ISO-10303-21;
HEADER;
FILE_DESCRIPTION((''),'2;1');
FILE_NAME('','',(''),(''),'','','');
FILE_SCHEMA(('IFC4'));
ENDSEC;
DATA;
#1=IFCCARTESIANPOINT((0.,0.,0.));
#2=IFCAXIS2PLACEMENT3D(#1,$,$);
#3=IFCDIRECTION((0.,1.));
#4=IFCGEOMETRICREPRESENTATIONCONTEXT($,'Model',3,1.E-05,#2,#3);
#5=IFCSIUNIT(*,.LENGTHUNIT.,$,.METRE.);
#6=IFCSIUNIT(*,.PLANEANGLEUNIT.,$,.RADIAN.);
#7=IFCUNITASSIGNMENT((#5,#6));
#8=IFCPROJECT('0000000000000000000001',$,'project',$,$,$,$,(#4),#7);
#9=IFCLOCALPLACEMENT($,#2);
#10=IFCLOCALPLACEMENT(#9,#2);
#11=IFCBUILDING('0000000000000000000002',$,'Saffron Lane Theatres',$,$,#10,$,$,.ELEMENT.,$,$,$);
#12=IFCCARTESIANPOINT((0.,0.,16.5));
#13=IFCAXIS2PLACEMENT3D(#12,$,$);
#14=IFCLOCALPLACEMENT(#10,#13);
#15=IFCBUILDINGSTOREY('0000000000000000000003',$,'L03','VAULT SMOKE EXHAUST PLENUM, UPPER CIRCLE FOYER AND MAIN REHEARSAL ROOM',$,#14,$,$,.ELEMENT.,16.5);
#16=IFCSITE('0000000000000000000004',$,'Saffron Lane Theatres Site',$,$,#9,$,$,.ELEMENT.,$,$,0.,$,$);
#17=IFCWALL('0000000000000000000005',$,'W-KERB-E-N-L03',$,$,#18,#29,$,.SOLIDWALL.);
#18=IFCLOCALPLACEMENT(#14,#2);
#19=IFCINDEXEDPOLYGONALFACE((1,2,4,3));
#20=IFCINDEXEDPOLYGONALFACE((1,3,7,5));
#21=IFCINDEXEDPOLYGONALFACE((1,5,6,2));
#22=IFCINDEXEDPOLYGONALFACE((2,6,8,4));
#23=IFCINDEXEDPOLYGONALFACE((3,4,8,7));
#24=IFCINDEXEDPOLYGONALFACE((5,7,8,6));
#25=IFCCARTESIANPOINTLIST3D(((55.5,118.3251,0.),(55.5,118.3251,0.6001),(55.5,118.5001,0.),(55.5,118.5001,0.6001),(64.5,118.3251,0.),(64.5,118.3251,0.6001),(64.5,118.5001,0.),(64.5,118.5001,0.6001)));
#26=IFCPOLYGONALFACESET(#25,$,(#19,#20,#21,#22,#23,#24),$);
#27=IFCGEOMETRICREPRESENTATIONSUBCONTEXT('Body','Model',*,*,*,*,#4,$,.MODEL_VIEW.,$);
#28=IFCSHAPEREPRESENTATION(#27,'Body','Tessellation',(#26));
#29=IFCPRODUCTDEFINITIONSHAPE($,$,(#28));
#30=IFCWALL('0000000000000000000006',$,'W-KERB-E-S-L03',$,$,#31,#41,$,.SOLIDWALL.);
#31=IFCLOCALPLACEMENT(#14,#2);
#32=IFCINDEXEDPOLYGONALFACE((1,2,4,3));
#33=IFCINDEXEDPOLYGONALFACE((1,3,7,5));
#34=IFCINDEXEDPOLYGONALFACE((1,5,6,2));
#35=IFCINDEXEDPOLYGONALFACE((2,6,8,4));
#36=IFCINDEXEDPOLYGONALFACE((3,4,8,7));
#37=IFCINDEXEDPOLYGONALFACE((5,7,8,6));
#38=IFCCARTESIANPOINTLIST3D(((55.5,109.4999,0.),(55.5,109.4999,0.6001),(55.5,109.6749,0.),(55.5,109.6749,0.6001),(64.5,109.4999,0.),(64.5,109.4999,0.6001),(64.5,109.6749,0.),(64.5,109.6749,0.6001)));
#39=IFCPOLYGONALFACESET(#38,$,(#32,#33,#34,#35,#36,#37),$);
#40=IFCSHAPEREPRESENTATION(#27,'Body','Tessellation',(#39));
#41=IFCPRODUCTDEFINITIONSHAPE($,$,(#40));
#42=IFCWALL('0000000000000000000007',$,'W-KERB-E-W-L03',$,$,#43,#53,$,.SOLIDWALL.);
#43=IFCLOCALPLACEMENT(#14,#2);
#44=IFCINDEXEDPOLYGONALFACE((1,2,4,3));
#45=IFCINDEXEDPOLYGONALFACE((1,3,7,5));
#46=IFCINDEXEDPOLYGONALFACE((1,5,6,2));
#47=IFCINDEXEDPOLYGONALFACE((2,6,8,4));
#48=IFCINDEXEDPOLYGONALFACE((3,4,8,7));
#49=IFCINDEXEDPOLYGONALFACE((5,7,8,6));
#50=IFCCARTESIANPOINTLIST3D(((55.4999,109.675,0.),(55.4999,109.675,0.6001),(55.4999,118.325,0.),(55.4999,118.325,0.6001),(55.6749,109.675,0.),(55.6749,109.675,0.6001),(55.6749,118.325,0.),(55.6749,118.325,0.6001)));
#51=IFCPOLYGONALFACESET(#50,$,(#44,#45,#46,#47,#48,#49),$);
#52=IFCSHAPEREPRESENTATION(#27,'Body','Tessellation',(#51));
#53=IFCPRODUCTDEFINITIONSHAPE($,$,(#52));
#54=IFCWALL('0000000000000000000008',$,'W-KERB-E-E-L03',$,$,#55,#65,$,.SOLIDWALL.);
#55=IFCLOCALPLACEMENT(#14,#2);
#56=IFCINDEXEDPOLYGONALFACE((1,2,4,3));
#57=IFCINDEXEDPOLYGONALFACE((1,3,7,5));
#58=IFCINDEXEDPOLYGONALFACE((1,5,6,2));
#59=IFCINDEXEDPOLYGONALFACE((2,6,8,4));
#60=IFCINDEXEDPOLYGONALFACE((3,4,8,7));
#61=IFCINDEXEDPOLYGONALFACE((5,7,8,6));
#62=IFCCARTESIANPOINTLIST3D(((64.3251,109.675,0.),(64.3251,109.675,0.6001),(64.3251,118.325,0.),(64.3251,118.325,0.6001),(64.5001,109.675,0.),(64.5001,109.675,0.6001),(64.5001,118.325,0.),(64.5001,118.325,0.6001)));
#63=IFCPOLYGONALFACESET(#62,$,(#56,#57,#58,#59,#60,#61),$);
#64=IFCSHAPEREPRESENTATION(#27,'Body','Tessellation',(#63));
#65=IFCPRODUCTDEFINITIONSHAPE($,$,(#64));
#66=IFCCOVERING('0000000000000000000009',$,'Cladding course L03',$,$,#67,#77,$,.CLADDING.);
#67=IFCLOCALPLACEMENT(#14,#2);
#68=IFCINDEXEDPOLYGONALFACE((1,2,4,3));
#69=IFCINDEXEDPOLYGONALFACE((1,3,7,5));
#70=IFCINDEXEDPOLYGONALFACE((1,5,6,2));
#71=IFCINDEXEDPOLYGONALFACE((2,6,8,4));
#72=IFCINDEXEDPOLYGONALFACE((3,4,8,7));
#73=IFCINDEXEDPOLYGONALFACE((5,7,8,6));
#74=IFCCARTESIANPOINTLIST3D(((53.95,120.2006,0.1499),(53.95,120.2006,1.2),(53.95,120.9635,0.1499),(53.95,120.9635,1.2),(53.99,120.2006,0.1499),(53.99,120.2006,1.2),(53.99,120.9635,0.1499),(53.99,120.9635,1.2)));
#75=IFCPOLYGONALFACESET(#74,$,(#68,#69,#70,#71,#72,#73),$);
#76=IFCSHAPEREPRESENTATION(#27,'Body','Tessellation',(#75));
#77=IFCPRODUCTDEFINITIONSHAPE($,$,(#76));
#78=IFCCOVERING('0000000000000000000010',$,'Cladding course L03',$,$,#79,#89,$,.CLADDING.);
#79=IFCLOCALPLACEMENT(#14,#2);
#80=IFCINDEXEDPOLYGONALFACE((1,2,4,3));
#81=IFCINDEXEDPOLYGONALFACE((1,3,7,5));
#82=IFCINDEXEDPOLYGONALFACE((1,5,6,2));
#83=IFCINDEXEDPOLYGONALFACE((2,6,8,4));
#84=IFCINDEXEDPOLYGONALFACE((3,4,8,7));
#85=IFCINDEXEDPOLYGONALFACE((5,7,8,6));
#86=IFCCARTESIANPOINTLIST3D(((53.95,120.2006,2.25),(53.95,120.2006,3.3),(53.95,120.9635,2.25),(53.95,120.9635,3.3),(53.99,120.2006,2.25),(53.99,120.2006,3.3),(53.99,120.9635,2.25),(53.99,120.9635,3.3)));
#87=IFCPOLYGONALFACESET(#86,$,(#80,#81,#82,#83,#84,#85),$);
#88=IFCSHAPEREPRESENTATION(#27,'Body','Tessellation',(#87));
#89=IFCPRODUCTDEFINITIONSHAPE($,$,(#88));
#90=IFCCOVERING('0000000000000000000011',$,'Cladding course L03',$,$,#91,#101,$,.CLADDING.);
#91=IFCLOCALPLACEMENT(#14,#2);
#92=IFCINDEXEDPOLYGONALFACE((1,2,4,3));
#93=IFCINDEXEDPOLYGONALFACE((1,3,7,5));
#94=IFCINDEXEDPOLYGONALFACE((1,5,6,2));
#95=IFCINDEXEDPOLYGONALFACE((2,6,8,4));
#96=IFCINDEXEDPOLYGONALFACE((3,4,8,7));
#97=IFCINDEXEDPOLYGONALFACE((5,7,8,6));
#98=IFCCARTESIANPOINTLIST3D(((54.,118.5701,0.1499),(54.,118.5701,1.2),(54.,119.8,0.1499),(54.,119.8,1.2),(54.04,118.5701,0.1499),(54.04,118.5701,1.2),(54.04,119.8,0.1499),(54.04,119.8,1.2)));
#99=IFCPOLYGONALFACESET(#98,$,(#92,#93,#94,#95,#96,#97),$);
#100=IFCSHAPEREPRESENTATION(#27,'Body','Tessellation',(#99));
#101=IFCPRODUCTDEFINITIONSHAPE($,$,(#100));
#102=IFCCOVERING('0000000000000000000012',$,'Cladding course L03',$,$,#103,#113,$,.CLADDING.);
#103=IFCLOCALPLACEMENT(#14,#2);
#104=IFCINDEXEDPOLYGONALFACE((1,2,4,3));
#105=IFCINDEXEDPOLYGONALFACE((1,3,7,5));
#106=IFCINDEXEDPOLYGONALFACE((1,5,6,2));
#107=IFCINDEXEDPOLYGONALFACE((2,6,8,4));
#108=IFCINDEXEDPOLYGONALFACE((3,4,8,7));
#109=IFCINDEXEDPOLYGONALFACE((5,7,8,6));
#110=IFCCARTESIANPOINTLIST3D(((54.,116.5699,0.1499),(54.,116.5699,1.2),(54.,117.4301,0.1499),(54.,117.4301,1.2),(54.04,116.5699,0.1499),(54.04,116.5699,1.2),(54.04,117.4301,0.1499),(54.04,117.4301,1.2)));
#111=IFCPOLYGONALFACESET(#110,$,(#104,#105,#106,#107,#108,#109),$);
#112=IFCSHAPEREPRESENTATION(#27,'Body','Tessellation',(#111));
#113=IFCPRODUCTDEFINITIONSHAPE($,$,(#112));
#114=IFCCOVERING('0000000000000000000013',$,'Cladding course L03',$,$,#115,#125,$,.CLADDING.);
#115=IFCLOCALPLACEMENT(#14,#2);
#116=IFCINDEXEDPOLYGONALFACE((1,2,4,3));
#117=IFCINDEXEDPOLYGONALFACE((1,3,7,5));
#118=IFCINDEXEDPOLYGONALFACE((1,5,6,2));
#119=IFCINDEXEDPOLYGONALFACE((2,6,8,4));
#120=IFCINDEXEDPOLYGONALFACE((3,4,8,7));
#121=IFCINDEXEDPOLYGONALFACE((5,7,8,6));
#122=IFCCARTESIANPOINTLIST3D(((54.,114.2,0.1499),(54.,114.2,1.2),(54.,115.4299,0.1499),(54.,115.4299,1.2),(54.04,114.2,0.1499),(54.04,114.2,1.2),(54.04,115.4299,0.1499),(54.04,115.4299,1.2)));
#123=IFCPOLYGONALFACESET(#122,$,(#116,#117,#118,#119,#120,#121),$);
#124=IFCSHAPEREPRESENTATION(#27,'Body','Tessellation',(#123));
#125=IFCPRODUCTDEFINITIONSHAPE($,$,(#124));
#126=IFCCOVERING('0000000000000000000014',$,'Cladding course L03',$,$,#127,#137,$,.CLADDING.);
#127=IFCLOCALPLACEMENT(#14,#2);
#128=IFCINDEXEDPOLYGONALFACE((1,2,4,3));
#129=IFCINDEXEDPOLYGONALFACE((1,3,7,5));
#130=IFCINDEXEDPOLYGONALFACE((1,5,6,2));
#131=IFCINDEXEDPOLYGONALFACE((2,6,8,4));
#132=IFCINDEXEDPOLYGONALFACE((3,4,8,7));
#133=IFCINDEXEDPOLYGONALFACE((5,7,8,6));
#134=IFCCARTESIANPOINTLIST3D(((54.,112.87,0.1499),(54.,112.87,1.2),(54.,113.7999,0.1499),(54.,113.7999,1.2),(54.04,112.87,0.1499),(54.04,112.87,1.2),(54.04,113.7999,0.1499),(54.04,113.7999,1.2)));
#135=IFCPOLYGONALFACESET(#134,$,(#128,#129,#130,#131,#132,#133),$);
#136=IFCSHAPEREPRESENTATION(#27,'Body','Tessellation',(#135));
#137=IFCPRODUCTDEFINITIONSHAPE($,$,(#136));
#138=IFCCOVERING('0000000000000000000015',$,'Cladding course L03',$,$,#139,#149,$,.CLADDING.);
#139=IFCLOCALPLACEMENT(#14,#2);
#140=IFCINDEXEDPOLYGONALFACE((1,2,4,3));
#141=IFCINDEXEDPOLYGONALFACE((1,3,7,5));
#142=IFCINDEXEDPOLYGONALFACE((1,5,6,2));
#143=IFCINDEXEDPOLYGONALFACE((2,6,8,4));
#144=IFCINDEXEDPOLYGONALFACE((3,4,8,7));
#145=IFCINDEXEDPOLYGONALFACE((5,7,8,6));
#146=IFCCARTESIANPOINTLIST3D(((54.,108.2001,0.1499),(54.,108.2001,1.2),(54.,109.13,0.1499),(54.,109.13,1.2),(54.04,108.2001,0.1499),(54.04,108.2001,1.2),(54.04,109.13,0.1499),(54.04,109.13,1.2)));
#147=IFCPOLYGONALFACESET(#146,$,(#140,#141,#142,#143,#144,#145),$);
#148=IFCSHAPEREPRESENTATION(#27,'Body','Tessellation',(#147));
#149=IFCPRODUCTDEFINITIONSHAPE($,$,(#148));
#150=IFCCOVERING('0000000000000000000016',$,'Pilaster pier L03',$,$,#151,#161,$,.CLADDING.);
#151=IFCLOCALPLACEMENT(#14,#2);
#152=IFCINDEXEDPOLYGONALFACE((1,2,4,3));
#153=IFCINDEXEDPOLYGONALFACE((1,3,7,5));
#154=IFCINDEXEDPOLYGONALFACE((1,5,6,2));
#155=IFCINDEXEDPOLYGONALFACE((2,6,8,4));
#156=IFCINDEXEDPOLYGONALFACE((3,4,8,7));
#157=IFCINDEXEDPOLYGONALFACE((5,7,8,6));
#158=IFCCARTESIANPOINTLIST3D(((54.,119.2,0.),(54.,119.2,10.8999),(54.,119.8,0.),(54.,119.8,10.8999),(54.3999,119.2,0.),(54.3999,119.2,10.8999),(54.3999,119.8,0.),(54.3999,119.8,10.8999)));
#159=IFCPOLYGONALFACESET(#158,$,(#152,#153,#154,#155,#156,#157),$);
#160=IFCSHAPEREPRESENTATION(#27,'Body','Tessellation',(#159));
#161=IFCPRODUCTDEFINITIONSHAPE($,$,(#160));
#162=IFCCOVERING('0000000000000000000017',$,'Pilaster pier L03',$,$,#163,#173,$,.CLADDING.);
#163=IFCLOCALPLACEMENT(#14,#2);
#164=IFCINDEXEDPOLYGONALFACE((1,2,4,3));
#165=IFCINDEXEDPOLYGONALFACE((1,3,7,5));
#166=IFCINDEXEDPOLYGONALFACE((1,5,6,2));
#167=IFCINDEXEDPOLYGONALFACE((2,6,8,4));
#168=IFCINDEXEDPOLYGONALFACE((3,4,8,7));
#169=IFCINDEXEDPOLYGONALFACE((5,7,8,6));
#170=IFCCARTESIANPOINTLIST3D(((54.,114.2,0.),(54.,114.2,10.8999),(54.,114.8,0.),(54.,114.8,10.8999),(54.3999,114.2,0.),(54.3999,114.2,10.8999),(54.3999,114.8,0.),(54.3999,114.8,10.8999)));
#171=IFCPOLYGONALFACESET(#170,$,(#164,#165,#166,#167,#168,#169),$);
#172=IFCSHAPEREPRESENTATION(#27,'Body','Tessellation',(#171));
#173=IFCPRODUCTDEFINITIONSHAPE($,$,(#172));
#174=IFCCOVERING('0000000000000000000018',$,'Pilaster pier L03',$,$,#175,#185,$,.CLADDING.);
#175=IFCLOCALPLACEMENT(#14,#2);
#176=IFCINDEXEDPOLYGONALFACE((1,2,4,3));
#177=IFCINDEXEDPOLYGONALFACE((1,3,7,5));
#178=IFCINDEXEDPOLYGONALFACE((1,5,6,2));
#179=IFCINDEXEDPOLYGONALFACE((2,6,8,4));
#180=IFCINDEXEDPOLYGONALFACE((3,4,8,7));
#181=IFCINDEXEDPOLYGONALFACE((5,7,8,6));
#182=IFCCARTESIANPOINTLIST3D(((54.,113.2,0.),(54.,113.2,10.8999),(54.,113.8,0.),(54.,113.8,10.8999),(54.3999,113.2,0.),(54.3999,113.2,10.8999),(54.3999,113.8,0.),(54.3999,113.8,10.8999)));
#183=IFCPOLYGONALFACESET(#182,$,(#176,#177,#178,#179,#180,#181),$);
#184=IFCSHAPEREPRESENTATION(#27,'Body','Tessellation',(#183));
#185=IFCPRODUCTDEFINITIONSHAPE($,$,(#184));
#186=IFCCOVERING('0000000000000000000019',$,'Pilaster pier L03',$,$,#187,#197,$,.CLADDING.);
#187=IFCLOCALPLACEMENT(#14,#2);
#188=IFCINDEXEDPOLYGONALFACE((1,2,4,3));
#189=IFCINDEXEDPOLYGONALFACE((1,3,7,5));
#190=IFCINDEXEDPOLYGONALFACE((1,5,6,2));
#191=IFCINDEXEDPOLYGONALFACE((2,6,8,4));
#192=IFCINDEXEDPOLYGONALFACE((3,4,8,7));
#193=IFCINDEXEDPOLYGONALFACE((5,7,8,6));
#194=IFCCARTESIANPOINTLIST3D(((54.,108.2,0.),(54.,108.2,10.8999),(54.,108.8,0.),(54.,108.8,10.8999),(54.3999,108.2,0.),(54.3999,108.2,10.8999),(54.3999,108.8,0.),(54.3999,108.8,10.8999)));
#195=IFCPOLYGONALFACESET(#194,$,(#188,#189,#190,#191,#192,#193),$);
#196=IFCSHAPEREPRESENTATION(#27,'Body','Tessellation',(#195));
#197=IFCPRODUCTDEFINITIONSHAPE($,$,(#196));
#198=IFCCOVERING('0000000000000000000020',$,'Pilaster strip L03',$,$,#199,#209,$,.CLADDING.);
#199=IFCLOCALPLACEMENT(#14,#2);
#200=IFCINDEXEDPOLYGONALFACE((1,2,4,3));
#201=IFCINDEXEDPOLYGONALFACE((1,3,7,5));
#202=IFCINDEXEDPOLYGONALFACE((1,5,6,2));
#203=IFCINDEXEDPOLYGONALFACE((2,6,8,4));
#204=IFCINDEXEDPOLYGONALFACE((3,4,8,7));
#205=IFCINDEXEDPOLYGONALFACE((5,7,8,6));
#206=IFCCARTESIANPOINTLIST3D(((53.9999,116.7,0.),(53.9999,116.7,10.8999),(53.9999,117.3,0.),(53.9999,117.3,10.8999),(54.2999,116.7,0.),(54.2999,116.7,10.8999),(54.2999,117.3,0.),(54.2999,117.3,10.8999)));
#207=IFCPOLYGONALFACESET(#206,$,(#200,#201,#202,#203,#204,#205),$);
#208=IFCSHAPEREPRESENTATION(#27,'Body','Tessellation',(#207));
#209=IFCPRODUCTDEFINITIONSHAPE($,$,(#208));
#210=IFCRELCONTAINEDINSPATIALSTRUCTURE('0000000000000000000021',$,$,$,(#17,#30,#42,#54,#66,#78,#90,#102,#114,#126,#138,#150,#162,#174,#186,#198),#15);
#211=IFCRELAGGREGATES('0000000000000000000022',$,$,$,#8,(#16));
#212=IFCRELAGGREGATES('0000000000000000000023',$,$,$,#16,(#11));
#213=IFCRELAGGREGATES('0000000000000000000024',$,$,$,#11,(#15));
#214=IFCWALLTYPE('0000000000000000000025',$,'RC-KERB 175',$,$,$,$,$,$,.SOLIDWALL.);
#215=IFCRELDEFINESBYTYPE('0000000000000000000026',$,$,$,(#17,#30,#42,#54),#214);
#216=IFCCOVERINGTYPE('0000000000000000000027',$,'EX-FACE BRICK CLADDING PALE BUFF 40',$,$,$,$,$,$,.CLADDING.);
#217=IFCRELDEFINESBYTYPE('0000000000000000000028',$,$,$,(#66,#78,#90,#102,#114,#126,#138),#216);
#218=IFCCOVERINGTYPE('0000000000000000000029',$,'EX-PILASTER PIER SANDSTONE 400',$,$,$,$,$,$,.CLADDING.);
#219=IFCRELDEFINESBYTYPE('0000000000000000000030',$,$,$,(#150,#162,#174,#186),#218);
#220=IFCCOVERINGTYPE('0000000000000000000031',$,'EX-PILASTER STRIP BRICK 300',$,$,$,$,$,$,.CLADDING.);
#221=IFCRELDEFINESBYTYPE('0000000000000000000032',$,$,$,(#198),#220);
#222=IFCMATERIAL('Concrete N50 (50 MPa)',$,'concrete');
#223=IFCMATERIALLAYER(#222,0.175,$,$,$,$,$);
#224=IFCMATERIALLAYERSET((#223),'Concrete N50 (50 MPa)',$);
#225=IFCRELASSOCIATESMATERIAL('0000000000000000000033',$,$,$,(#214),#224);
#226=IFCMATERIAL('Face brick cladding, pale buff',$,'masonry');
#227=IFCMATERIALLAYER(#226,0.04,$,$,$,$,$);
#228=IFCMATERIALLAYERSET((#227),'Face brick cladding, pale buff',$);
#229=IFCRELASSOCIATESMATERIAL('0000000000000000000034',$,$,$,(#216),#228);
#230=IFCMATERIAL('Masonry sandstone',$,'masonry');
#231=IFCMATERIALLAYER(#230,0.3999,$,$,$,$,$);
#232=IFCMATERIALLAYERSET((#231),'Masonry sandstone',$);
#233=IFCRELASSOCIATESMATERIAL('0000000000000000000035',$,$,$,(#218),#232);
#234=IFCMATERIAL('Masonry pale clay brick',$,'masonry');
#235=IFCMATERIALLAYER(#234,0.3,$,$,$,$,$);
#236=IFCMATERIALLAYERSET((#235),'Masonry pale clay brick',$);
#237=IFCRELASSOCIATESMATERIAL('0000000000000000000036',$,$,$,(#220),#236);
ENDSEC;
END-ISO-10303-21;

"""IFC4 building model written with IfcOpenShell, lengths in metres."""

from ifc_helpers import new_model, si_unit, direction, frame, frame_2d, origin, origin_2d, place, context, subcontext, project, spatial, rectangle, extrude, material, layer, layer_set, type_object, element, save


model = new_model("IFC4")

# Units and contexts
model_context = context("Model", 3, precision=1e-05, world=origin(), true_north=direction((0.0, 1.0)))
body_context = subcontext(model_context, "Body", "Model", "MODEL_VIEW")
ifc_project = project(units=[si_unit("LENGTHUNIT", "METRE"), si_unit("PLANEANGLEUNIT", "RADIAN")], contexts=[model_context])

# Site, building, storey
site_placement = place(None, origin())
site = spatial("IfcSite", under=ifc_project, at=site_placement, Name="Saffron Lane Theatres Site", CompositionType="ELEMENT", RefElevation=0.0)
building_placement = place(site_placement, origin())
building = spatial("IfcBuilding", under=site, at=building_placement, Name="Saffron Lane Theatres", CompositionType="ELEMENT")
storey_placement = place(building_placement, frame((0.0, 0.0, 16.5)))
storey = spatial("IfcBuildingStorey", under=building, at=storey_placement, Name="L03", Description="VAULT SMOKE EXHAUST PLENUM, UPPER CIRCLE FOYER AND MAIN REHEARSAL ROOM", CompositionType="ELEMENT", Elevation=16.5)

# Walls
ifc_material_1 = material(Name="Concrete N50 (50 MPa)", Category="concrete")
ifc_layer_1 = layer(ifc_material_1, 0.175)
ifc_layer_set_1 = layer_set([ifc_layer_1], Name="Concrete N50 (50 MPa)")
wall_type = type_object("IfcWallType", Name="RC-KERB 175", PredefinedType="SOLIDWALL", material=ifc_layer_set_1)
for number, where, z_axis, x_axis, name in (
    (1, (55.5, 118.4126, 0.0), (0.0, 0.0, 1.0), (1.0, 0.0, 0.0), "W-KERB-E-N-L03"),
    (2, (55.5, 109.5874, 0.0), (0.0, 0.0, 1.0), (1.0, 0.0, 0.0), "W-KERB-E-S-L03"),
):
    element("IfcWall", number, at=place(storey_placement, frame(where, z_axis=z_axis, x_axis=x_axis)), inside=storey, type_object=wall_type, Name=name, PredefinedType="SOLIDWALL", context=body_context, shape_type="SweptSolid", body=[
        extrude(rectangle(XDim=9.0, YDim=0.175, at=frame_2d((4.5, 0.0))), origin(), (0.0, 0.0, 1.0), 0.6001),
    ])
for number, where, z_axis, x_axis, name in (
    (3, (55.5874, 109.675, 0.0), (0.0, 0.0, 1.0), (0.0, 1.0, 0.0), "W-KERB-E-W-L03"),
    (4, (64.4126, 109.675, 0.0), (0.0, 0.0, 1.0), (0.0, 1.0, 0.0), "W-KERB-E-E-L03"),
):
    element("IfcWall", number, at=place(storey_placement, frame(where, z_axis=z_axis, x_axis=x_axis)), inside=storey, type_object=wall_type, Name=name, PredefinedType="SOLIDWALL", context=body_context, shape_type="SweptSolid", body=[
        extrude(rectangle(XDim=8.6499, YDim=0.175, at=frame_2d((4.325, 0.0))), origin(), (0.0, 0.0, 1.0), 0.6001),
    ])

# Coverings
ifc_material_2 = material(Name="Face brick cladding, pale buff", Category="masonry")
ifc_layer_2 = layer(ifc_material_2, 0.04)
ifc_layer_set_2 = layer_set([ifc_layer_2], Name="Face brick cladding, pale buff")
covering_type_1 = type_object("IfcCoveringType", Name="EX-FACE BRICK CLADDING PALE BUFF 40", PredefinedType="CLADDING", material=ifc_layer_set_2)
for number, where, z_axis, x_axis, name in (
    (5, (53.97, 120.582, 0.1499), (0.0, 0.0, 1.0), (0.0, -1.0, 0.0), "Cladding course L03"),
    (6, (53.97, 120.582, 2.25), (0.0, 0.0, 1.0), (0.0, -1.0, 0.0), "Cladding course L03"),
):
    element("IfcCovering", number, at=place(storey_placement, frame(where, z_axis=z_axis, x_axis=x_axis)), inside=storey, type_object=covering_type_1, Name=name, PredefinedType="CLADDING", context=body_context, shape_type="SweptSolid", body=[
        extrude(rectangle(XDim=0.7629, YDim=0.04, at=origin_2d()), origin(), (0.0, 0.0, 1.0), 1.05),
    ])
covering_1_placement = place(storey_placement, frame((54.02, 119.1851, 0.1499), z_axis=(0.0, 0.0, 1.0), x_axis=(0.0, -1.0, 0.0)))
element("IfcCovering", 7, at=covering_1_placement, inside=storey, type_object=covering_type_1, Name="Cladding course L03", PredefinedType="CLADDING", context=body_context, shape_type="SweptSolid", body=[
    extrude(rectangle(XDim=1.23, YDim=0.04, at=origin_2d()), origin(), (0.0, 0.0, 1.0), 1.05),
])
covering_2_placement = place(storey_placement, frame((54.02, 117.0, 0.1499), z_axis=(0.0, 0.0, 1.0), x_axis=(0.0, -1.0, 0.0)))
element("IfcCovering", 8, at=covering_2_placement, inside=storey, type_object=covering_type_1, Name="Cladding course L03", PredefinedType="CLADDING", context=body_context, shape_type="SweptSolid", body=[
    extrude(rectangle(XDim=0.8601, YDim=0.04, at=origin_2d()), origin(), (0.0, 0.0, 1.0), 1.05),
])
covering_3_placement = place(storey_placement, frame((54.02, 114.8149, 0.1499), z_axis=(0.0, 0.0, 1.0), x_axis=(0.0, -1.0, 0.0)))
element("IfcCovering", 9, at=covering_3_placement, inside=storey, type_object=covering_type_1, Name="Cladding course L03", PredefinedType="CLADDING", context=body_context, shape_type="SweptSolid", body=[
    extrude(rectangle(XDim=1.23, YDim=0.04, at=origin_2d()), origin(), (0.0, 0.0, 1.0), 1.05),
])
for number, where, z_axis, x_axis, name in (
    (10, (54.02, 113.335, 0.1499), (0.0, 0.0, 1.0), (0.0, -1.0, 0.0), "Cladding course L03"),
    (11, (54.02, 108.665, 0.1499), (0.0, 0.0, 1.0), (0.0, -1.0, 0.0), "Cladding course L03"),
):
    element("IfcCovering", number, at=place(storey_placement, frame(where, z_axis=z_axis, x_axis=x_axis)), inside=storey, type_object=covering_type_1, Name=name, PredefinedType="CLADDING", context=body_context, shape_type="SweptSolid", body=[
        extrude(rectangle(XDim=0.9299, YDim=0.04, at=origin_2d()), origin(), (0.0, 0.0, 1.0), 1.05),
    ])
ifc_material_3 = material(Name="Masonry sandstone", Category="masonry")
ifc_layer_3 = layer(ifc_material_3, 0.3999)
ifc_layer_set_3 = layer_set([ifc_layer_3], Name="Masonry sandstone")
covering_type_2 = type_object("IfcCoveringType", Name="EX-PILASTER PIER SANDSTONE 400", PredefinedType="CLADDING", material=ifc_layer_set_3)
for number, where, z_axis, x_axis, name in (
    (12, (54.2, 119.5, 0.0), (0.0, 0.0, 1.0), (0.0, -1.0, 0.0), "Pilaster pier L03"),
    (13, (54.2, 114.5, 0.0), (0.0, 0.0, 1.0), (0.0, -1.0, 0.0), "Pilaster pier L03"),
    (14, (54.2, 113.5, 0.0), (0.0, 0.0, 1.0), (0.0, -1.0, 0.0), "Pilaster pier L03"),
    (15, (54.2, 108.5, 0.0), (0.0, 0.0, 1.0), (0.0, -1.0, 0.0), "Pilaster pier L03"),
):
    element("IfcCovering", number, at=place(storey_placement, frame(where, z_axis=z_axis, x_axis=x_axis)), inside=storey, type_object=covering_type_2, Name=name, PredefinedType="CLADDING", context=body_context, shape_type="SweptSolid", body=[
        extrude(rectangle(XDim=0.6001, YDim=0.3999, at=origin_2d()), origin(), (0.0, 0.0, 1.0), 10.8999),
    ])
ifc_material_4 = material(Name="Masonry pale clay brick", Category="masonry")
ifc_layer_4 = layer(ifc_material_4, 0.3)
ifc_layer_set_4 = layer_set([ifc_layer_4], Name="Masonry pale clay brick")
covering_type_3 = type_object("IfcCoveringType", Name="EX-PILASTER STRIP BRICK 300", PredefinedType="CLADDING", material=ifc_layer_set_4)
for number, where, z_axis, x_axis, name in (
    (16, (54.1499, 117.0, 0.0), (0.0, 0.0, 1.0), (0.0, -1.0, 0.0), "Pilaster strip L03"),
):
    element("IfcCovering", number, at=place(storey_placement, frame(where, z_axis=z_axis, x_axis=x_axis)), inside=storey, type_object=covering_type_3, Name=name, PredefinedType="CLADDING", context=body_context, shape_type="SweptSolid", body=[
        extrude(rectangle(XDim=0.6001, YDim=0.3, at=origin_2d()), origin(), (0.0, 0.0, 1.0), 10.8999),
    ])

save(model, "model.ifc")
